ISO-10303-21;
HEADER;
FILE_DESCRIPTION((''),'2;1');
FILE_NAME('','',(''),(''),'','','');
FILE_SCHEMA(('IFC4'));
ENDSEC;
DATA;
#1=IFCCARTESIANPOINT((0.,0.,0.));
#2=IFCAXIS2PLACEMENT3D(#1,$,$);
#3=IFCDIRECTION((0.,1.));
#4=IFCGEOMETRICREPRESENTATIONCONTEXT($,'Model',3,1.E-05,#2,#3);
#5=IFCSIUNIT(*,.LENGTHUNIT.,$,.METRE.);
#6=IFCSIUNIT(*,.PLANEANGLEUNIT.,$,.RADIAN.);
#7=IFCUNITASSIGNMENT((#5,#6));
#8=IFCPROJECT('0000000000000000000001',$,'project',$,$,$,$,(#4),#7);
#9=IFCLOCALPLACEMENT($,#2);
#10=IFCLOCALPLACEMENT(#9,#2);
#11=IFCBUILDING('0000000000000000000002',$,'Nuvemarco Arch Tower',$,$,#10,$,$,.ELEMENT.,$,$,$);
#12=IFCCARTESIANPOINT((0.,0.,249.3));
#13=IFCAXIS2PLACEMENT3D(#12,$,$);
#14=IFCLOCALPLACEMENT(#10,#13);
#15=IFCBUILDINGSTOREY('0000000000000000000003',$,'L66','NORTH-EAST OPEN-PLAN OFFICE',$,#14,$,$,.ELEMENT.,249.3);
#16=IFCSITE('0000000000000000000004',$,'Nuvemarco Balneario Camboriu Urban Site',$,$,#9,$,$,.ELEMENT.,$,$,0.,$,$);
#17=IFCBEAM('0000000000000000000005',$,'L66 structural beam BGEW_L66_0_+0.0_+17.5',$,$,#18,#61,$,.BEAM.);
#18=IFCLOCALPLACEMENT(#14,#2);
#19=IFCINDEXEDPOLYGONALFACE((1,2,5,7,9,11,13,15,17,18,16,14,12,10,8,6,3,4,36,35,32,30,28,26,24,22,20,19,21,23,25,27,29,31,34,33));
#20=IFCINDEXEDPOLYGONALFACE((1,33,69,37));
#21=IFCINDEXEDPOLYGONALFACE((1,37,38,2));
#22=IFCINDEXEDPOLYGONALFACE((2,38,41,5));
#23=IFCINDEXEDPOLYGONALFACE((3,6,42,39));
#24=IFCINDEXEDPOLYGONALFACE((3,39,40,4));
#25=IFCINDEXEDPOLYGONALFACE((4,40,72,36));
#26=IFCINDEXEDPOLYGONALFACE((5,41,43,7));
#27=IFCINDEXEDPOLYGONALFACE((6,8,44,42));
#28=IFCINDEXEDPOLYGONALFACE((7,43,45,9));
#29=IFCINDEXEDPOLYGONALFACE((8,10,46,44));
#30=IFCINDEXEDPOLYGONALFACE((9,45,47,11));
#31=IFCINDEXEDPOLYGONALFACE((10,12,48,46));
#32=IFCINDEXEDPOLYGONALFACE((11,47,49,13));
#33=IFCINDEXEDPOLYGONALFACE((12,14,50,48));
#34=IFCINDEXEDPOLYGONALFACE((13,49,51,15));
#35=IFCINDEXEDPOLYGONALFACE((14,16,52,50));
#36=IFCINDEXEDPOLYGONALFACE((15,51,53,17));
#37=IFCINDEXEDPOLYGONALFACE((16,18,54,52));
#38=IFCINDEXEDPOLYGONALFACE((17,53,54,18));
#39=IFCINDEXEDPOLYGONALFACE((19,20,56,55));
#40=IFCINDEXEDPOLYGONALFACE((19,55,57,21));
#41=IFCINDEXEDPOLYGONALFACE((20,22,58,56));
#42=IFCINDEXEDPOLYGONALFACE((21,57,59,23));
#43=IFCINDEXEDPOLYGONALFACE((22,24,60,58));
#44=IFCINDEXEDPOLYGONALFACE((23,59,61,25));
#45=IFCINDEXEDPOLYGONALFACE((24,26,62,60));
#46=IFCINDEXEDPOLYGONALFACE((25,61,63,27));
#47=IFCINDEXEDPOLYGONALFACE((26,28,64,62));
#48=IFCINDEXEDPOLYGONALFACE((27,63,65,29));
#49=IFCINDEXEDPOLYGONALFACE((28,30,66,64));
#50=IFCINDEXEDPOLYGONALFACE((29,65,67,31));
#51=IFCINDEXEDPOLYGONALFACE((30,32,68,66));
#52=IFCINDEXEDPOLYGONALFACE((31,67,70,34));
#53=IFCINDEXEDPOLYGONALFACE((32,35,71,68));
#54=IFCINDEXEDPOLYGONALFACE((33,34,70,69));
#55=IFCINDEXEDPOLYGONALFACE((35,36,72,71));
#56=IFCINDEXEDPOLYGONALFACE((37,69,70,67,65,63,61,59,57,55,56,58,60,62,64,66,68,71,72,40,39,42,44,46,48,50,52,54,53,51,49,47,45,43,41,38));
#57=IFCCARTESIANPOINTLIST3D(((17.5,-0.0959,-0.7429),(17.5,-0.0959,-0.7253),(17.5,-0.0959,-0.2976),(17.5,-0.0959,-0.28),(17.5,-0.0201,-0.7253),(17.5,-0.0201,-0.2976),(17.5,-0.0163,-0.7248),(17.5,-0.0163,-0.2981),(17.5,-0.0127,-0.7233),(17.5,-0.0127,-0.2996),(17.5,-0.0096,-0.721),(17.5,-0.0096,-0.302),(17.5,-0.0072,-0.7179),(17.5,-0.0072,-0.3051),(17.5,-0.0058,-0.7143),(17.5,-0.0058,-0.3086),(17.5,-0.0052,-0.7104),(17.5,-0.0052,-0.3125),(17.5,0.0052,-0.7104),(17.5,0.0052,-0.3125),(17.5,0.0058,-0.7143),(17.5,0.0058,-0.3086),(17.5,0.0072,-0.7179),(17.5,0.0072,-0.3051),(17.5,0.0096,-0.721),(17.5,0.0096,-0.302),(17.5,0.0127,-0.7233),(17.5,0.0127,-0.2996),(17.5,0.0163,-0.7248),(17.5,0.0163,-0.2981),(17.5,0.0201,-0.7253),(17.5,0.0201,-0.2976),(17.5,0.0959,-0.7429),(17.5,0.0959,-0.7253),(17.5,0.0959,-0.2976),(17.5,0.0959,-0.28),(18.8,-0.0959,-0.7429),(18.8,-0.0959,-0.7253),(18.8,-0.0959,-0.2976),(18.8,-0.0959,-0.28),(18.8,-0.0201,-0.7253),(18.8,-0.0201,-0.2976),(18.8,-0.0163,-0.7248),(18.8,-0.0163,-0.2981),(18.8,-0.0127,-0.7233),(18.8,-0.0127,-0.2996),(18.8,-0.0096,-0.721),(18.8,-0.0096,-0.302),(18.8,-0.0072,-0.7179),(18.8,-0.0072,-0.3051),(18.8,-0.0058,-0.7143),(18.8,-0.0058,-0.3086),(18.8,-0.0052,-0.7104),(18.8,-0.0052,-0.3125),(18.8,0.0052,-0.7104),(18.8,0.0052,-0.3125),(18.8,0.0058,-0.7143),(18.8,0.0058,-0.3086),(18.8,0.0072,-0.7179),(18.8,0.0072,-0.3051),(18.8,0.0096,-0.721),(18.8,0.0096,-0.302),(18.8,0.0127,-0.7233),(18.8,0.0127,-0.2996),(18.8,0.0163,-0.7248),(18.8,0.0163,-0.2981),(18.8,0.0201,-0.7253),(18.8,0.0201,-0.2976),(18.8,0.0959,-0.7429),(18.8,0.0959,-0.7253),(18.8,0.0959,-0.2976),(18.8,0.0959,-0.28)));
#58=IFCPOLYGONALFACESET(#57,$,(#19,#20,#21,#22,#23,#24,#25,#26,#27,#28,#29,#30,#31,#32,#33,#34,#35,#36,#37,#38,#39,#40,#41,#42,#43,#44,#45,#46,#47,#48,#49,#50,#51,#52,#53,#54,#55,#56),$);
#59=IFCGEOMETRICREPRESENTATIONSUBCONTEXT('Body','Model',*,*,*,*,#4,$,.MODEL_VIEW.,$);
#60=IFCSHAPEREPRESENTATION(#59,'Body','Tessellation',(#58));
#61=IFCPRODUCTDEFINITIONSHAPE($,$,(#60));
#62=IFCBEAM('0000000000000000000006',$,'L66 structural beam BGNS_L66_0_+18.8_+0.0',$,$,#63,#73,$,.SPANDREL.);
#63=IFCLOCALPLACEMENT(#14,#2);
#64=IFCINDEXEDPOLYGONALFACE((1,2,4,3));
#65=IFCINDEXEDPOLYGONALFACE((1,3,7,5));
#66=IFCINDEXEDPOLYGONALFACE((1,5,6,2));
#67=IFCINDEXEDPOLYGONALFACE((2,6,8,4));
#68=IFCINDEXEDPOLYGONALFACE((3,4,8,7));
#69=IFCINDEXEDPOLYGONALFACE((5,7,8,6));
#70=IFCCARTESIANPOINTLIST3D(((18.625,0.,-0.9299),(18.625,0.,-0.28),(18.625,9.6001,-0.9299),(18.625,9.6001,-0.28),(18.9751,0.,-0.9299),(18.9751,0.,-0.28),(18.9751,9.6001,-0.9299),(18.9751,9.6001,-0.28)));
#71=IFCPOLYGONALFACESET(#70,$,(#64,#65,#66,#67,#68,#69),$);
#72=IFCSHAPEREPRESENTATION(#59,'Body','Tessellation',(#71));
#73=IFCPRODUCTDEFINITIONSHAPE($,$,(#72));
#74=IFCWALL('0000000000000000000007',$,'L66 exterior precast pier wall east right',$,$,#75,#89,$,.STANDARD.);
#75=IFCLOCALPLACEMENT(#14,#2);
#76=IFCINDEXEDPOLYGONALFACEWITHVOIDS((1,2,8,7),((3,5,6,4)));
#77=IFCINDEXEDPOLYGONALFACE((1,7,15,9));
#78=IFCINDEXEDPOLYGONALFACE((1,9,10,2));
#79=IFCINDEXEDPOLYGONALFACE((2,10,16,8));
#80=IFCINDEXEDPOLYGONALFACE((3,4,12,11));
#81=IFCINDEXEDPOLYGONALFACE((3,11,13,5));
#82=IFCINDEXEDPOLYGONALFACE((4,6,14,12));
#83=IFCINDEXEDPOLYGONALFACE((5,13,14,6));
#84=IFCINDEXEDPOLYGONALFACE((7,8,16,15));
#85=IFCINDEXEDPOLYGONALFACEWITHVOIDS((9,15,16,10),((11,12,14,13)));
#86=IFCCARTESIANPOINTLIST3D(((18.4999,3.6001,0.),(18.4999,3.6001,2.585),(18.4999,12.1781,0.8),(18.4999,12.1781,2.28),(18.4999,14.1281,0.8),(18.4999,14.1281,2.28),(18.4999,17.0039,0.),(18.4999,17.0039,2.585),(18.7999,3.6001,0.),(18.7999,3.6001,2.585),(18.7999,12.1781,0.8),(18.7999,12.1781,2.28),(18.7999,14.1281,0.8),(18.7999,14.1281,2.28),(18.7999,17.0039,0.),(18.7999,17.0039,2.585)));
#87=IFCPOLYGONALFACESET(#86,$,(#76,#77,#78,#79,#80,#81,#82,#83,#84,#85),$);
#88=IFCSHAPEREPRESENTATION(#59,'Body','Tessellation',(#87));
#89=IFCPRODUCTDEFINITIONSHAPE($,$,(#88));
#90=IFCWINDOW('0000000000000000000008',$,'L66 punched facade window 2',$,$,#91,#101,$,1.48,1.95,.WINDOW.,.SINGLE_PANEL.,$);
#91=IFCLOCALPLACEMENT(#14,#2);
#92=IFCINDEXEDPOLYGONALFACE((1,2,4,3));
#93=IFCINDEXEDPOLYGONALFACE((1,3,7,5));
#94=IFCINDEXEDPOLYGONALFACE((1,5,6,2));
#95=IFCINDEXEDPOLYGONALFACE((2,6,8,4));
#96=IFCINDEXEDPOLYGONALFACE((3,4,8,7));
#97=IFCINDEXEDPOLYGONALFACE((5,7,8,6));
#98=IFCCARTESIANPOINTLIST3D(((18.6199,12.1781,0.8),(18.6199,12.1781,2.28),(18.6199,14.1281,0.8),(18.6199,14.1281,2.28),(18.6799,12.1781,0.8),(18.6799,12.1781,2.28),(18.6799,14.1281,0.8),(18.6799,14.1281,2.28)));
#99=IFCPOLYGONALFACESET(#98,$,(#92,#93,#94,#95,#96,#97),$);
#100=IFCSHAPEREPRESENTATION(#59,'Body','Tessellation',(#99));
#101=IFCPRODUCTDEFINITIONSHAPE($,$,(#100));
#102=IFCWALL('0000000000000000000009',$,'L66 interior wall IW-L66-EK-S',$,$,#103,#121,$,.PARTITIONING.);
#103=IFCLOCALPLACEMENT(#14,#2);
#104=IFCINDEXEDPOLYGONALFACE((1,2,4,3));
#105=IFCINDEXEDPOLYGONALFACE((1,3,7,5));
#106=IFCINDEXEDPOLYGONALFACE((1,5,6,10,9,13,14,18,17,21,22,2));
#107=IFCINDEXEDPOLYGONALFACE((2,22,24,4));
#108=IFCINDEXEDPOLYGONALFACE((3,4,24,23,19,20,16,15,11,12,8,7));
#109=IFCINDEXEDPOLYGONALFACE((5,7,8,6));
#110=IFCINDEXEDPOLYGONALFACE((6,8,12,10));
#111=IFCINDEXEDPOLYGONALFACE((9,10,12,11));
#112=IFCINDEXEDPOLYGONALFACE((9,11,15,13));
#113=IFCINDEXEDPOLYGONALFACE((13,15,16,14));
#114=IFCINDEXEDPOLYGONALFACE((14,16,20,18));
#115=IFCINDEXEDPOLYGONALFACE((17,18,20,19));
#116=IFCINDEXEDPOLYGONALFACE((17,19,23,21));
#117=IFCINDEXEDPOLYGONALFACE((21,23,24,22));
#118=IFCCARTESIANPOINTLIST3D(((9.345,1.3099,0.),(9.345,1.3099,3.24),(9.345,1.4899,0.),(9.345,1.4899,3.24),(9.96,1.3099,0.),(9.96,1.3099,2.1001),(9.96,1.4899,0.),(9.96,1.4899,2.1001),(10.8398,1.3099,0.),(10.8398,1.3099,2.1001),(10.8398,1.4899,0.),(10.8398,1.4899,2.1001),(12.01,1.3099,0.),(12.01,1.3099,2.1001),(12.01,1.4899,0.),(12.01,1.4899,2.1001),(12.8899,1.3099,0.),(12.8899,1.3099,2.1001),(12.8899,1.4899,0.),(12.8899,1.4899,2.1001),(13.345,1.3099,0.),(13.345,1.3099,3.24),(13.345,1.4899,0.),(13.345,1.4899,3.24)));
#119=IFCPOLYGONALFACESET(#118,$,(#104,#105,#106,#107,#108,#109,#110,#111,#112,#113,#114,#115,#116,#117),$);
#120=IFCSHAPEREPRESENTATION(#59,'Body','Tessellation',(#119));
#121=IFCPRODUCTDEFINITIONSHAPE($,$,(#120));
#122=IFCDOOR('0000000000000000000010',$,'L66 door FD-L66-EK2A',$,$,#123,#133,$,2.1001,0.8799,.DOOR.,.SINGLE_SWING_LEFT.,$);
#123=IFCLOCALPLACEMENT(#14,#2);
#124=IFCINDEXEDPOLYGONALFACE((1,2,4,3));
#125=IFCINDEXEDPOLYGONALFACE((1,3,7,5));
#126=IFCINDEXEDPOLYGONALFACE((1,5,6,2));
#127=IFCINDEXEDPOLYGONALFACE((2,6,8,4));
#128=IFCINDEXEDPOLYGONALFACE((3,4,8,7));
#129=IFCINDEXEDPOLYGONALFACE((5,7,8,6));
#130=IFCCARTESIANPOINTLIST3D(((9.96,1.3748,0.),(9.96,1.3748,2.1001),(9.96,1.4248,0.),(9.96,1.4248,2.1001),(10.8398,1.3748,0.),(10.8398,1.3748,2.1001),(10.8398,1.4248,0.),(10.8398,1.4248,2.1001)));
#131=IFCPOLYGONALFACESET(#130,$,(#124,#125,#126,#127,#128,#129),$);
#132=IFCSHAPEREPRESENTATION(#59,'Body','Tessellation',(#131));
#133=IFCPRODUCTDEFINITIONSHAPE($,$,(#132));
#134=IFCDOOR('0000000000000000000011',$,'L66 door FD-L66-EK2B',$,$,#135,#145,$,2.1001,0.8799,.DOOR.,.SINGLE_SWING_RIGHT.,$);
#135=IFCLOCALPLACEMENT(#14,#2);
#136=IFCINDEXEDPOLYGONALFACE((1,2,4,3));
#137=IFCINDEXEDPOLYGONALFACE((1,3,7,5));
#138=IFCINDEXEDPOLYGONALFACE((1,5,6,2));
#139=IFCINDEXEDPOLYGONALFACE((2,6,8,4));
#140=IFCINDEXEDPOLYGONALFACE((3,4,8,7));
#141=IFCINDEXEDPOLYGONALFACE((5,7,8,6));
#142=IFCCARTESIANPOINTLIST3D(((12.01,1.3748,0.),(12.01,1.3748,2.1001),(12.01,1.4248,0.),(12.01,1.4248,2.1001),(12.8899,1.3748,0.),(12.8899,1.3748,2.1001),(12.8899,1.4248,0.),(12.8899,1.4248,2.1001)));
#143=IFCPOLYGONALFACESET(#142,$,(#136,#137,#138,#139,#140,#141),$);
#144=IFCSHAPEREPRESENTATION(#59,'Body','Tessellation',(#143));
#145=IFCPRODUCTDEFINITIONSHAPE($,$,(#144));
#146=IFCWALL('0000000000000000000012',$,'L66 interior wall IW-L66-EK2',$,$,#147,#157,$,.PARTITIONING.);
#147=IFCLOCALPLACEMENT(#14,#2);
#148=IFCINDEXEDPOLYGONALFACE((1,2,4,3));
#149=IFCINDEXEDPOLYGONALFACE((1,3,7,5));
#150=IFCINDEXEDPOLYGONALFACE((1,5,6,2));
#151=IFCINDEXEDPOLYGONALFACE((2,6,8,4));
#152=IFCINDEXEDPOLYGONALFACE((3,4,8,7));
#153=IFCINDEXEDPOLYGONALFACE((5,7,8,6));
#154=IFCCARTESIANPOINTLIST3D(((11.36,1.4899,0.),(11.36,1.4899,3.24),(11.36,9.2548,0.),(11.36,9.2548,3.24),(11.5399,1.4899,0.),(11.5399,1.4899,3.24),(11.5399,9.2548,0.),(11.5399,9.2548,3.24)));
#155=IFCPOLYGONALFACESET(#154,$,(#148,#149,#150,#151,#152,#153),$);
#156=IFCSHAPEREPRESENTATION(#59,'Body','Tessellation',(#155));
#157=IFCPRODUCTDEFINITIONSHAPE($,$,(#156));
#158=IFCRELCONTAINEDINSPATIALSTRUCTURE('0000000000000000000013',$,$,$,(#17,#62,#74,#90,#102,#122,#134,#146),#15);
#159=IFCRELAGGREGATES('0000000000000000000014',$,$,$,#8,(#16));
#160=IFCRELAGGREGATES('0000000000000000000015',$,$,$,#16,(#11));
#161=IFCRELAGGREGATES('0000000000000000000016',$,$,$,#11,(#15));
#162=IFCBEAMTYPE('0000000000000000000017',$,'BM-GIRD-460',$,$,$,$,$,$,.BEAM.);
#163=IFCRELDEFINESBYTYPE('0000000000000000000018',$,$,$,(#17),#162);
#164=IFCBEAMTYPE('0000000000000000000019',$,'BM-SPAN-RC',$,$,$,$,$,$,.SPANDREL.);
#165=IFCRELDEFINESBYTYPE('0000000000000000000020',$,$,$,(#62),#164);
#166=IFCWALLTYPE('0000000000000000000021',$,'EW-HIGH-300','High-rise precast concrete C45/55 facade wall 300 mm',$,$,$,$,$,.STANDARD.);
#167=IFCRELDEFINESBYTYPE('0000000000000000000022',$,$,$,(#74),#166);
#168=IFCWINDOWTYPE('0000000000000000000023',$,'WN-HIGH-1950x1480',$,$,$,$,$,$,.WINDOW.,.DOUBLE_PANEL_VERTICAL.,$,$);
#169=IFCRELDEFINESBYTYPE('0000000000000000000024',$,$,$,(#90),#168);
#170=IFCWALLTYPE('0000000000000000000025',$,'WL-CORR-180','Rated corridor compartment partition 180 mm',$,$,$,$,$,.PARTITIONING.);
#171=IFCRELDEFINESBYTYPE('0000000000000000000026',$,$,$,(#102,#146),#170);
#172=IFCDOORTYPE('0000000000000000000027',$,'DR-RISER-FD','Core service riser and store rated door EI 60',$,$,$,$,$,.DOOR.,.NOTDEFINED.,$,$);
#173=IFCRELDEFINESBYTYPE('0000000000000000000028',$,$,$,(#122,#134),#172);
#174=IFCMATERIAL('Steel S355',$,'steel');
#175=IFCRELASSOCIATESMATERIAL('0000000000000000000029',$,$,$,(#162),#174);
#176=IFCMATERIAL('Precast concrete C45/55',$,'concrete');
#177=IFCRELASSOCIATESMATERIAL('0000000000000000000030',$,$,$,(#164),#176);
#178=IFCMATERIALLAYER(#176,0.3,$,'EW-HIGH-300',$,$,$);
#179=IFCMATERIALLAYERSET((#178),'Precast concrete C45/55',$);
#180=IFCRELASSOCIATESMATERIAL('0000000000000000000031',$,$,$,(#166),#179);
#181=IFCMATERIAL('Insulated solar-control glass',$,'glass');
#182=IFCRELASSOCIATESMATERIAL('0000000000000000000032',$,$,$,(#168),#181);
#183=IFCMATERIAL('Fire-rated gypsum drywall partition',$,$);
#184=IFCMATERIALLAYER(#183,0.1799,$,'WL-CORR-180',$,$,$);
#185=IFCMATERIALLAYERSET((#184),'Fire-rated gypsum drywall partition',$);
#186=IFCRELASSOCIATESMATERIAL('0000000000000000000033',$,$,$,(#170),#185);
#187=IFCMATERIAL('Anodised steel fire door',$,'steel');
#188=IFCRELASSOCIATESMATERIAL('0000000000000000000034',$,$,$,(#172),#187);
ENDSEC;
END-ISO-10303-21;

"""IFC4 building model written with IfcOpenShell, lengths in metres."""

from ifc_helpers import new_model, si_unit, direction, frame, frame_2d, origin, origin_2d, place, context, subcontext, project, spatial, rectangle, i_section, extrude, source, transform, mapped, material, layer, layer_set, material_profile, profile_set, type_object, type_shapes, element, fill, save


model = new_model("IFC4")

# Units and contexts
model_context = context("Model", 3, precision=1e-05, world=origin(), true_north=direction((0.0, 1.0)))
body_context = subcontext(model_context, "Body", "Model", "MODEL_VIEW")
ifc_project = project(units=[si_unit("LENGTHUNIT", "METRE"), si_unit("PLANEANGLEUNIT", "RADIAN")], contexts=[model_context])

# Site, building, storey
site_placement = place(None, origin())
site = spatial("IfcSite", under=ifc_project, at=site_placement, Name="Nuvemarco Balneario Camboriu Urban Site", CompositionType="ELEMENT", RefElevation=0.0)
building_placement = place(site_placement, origin())
building = spatial("IfcBuilding", under=site, at=building_placement, Name="Nuvemarco Arch Tower", CompositionType="ELEMENT")
storey_placement = place(building_placement, frame((0.0, 0.0, 249.3)))
storey = spatial("IfcBuildingStorey", under=building, at=storey_placement, Name="L66", Description="NORTH-EAST OPEN-PLAN OFFICE", CompositionType="ELEMENT", Elevation=249.3)

# Shared definitions
ifc_material_1 = material(Name="Steel S355", Category="steel")

# Beams
ifc_material_profile_1 = material_profile(ifc_material_1, i_section(OverallWidth=0.1919, OverallDepth=0.4629, WebThickness=0.0105, FlangeThickness=0.0176, FilletRadius=0.0149, at=origin_2d()), Name="W460x89")
ifc_profile_set_1 = profile_set([ifc_material_profile_1], Name="Steel S355")
beam_type_1 = type_object("IfcBeamType", Name="BM-GIRD-460", PredefinedType="BEAM", material=ifc_profile_set_1)
beam_1_placement = place(storey_placement, frame((17.5, 0.0, -0.5115), z_axis=(1.0, 0.0, 0.0), x_axis=(0.0, 1.0, 0.0)))
element("IfcBeam", 1, at=beam_1_placement, inside=storey, type_object=beam_type_1, Name="L66 structural beam BGEW_L66_0_+0.0_+17.5", PredefinedType="BEAM", context=body_context, shape_type="SweptSolid", body=[
    extrude(i_section(OverallWidth=0.1919, OverallDepth=0.4629, WebThickness=0.0105, FlangeThickness=0.0176, FilletRadius=0.0149, at=origin_2d()), origin(), (0.0, 0.0, 1.0), 1.3),
])
ifc_material_2 = material(Name="Precast concrete C45/55", Category="concrete")
ifc_material_profile_2 = material_profile(ifc_material_2, rectangle(XDim=0.3501, YDim=0.6499, at=origin_2d()), Name="PC-SP-350x650")
ifc_profile_set_2 = profile_set([ifc_material_profile_2], Name="Precast concrete C45/55")
beam_type_2 = type_object("IfcBeamType", Name="BM-SPAN-RC", PredefinedType="SPANDREL", material=ifc_profile_set_2)
beam_2_placement = place(storey_placement, frame((18.8, 0.0, -0.605), z_axis=(0.0, 1.0, 0.0), x_axis=(-1.0, 0.0, 0.0)))
element("IfcBeam", 2, at=beam_2_placement, inside=storey, type_object=beam_type_2, Name="L66 structural beam BGNS_L66_0_+18.8_+0.0", PredefinedType="SPANDREL", context=body_context, shape_type="SweptSolid", body=[
    extrude(rectangle(XDim=0.3501, YDim=0.6499, at=origin_2d()), origin(), (0.0, 0.0, 1.0), 9.6001),
])

# Wall, opening, window
ifc_layer_1 = layer(ifc_material_2, 0.3, Name="EW-HIGH-300")
ifc_layer_set_1 = layer_set([ifc_layer_1], Name="Precast concrete C45/55")
wall_type_1 = type_object("IfcWallType", Name="EW-HIGH-300", Description="High-rise precast concrete C45/55 facade wall 300 mm", PredefinedType="STANDARD", material=ifc_layer_set_1)
wall_1_placement = place(storey_placement, frame((18.6499, 3.6001, 0.0), z_axis=(0.0, 0.0, 1.0), x_axis=(0.0, 1.0, 0.0)))
wall_1 = element("IfcWall", 3, at=wall_1_placement, inside=storey, type_object=wall_type_1, Name="L66 exterior precast pier wall east right", PredefinedType="STANDARD", context=body_context, shape_type="SweptSolid", body=[
    extrude(rectangle(XDim=13.4038, YDim=0.3, at=frame_2d((6.7019, 0.0))), origin(), (0.0, 0.0, 1.0), 2.585),
])
opening_1_placement = place(wall_1_placement, frame((8.5779, 0.0, 0.8)))
opening_1 = element("IfcOpeningElement", 4, at=opening_1_placement, cuts=wall_1, PredefinedType="OPENING", context=body_context, shape_type="SweptSolid", body=[
    extrude(rectangle(XDim=1.95, YDim=1.48, at=frame_2d((0.9751, 0.74))), frame((0.0, 0.1599, 0.0), z_axis=(0.0, -1.0, 0.0), x_axis=(1.0, 0.0, 0.0)), (0.0, 0.0, 1.0), 0.3201),
])
ifc_material_3 = material(Name="Insulated solar-control glass", Category="glass")
window_type = type_object("IfcWindowType", Name="WN-HIGH-1950x1480", PartitioningType="DOUBLE_PANEL_VERTICAL", PredefinedType="WINDOW", material=ifc_material_3)
shared_shape_1 = source(origin(), body_context, "Body", "SweptSolid", [
    extrude(rectangle(XDim=1.95, YDim=1.48, at=frame_2d((0.9751, 0.74))), frame((0.0, 0.03, 0.0), z_axis=(0.0, -1.0, 0.0), x_axis=(1.0, 0.0, 0.0)), (0.0, 0.0, 1.0), 0.0601),
])
type_shapes(window_type, [shared_shape_1])
window_placement = place(opening_1_placement, origin())
window = element("IfcWindow", 5, at=window_placement, inside=storey, type_object=window_type, Name="L66 punched facade window 2", OverallHeight=1.48, OverallWidth=1.95, PartitioningType="SINGLE_PANEL", PredefinedType="WINDOW", context=body_context, shape_type="MappedRepresentation", body=[
    mapped(shared_shape_1, transform((0.0, 0.0, 0.0), scale=1.0)),
])
fill(opening_1, window)

# Wall, openings, doors
ifc_material_4 = material(Name="Fire-rated gypsum drywall partition")
ifc_layer_2 = layer(ifc_material_4, 0.1799, Name="WL-CORR-180")
ifc_layer_set_2 = layer_set([ifc_layer_2], Name="Fire-rated gypsum drywall partition")
wall_type_2 = type_object("IfcWallType", Name="WL-CORR-180", Description="Rated corridor compartment partition 180 mm", PredefinedType="PARTITIONING", material=ifc_layer_set_2)
wall_2_placement = place(storey_placement, frame((9.345, 1.3999, 0.0), z_axis=(0.0, 0.0, 1.0), x_axis=(1.0, 0.0, 0.0)))
wall_2 = element("IfcWall", 6, at=wall_2_placement, inside=storey, type_object=wall_type_2, Name="L66 interior wall IW-L66-EK-S", PredefinedType="PARTITIONING", context=body_context, shape_type="SweptSolid", body=[
    extrude(rectangle(XDim=4.0, YDim=0.1799, at=frame_2d((2.0, 0.0))), origin(), (0.0, 0.0, 1.0), 3.24),
])
opening_2_placement = place(wall_2_placement, frame((0.615, 0.0, 0.0)))
opening_2 = element("IfcOpeningElement", 7, at=opening_2_placement, cuts=wall_2, PredefinedType="OPENING", context=body_context, shape_type="SweptSolid", body=[
    extrude(rectangle(XDim=0.8799, YDim=2.1001, at=frame_2d((0.4399, 1.05))), frame((0.0, 0.0999, 0.0), z_axis=(0.0, -1.0, 0.0), x_axis=(1.0, 0.0, 0.0)), (0.0, 0.0, 1.0), 0.2),
])
opening_3_placement = place(wall_2_placement, frame((2.665, 0.0, 0.0)))
opening_3 = element("IfcOpeningElement", 8, at=opening_3_placement, cuts=wall_2, PredefinedType="OPENING", context=body_context, shape_type="SweptSolid", body=[
    extrude(rectangle(XDim=0.8799, YDim=2.1001, at=frame_2d((0.4399, 1.05))), frame((0.0, 0.0999, 0.0), z_axis=(0.0, -1.0, 0.0), x_axis=(1.0, 0.0, 0.0)), (0.0, 0.0, 1.0), 0.2),
])
ifc_material_5 = material(Name="Anodised steel fire door", Category="steel")
door_type_1 = type_object("IfcDoorType", Name="DR-RISER-FD", Description="Core service riser and store rated door EI 60", OperationType="NOTDEFINED", PredefinedType="DOOR", material=ifc_material_5)
shared_shape_2 = source(origin(), body_context, "Body", "SweptSolid", [
    extrude(rectangle(XDim=0.8799, YDim=2.1001, at=frame_2d((0.4399, 1.05))), frame((0.0, 0.0249, 0.0), z_axis=(0.0, -1.0, 0.0), x_axis=(1.0, 0.0, 0.0)), (0.0, 0.0, 1.0), 0.05),
])
type_shapes(door_type_1, [shared_shape_2])
door_1_placement = place(opening_2_placement, origin())
door_1 = element("IfcDoor", 9, at=door_1_placement, inside=storey, type_object=door_type_1, Name="L66 door FD-L66-EK2A", OperationType="SINGLE_SWING_LEFT", OverallHeight=2.1001, OverallWidth=0.8799, PredefinedType="DOOR", context=body_context, shape_type="MappedRepresentation", body=[
    mapped(shared_shape_2, transform((0.0, 0.0, 0.0), scale=1.0)),
])
fill(opening_2, door_1)
door_2_placement = place(opening_3_placement, origin())
door_2 = element("IfcDoor", 10, at=door_2_placement, inside=storey, type_object=door_type_1, Name="L66 door FD-L66-EK2B", OperationType="SINGLE_SWING_RIGHT", OverallHeight=2.1001, OverallWidth=0.8799, PredefinedType="DOOR", context=body_context, shape_type="MappedRepresentation", body=[
    mapped(shared_shape_2, transform((0.0, 0.0, 0.0), scale=1.0)),
])
fill(opening_3, door_2)

# Wall
wall_3_placement = place(storey_placement, frame((11.45, 1.49, 0.0), z_axis=(0.0, 0.0, 1.0), x_axis=(0.0, 1.0, 0.0)))
element("IfcWall", 11, at=wall_3_placement, inside=storey, type_object=wall_type_2, Name="L66 interior wall IW-L66-EK2", PredefinedType="PARTITIONING", context=body_context, shape_type="SweptSolid", body=[
    extrude(rectangle(XDim=7.7649, YDim=0.1799, at=frame_2d((3.8823, 0.0))), origin(), (0.0, 0.0, 1.0), 3.24),
])

save(model, "model.ifc")
